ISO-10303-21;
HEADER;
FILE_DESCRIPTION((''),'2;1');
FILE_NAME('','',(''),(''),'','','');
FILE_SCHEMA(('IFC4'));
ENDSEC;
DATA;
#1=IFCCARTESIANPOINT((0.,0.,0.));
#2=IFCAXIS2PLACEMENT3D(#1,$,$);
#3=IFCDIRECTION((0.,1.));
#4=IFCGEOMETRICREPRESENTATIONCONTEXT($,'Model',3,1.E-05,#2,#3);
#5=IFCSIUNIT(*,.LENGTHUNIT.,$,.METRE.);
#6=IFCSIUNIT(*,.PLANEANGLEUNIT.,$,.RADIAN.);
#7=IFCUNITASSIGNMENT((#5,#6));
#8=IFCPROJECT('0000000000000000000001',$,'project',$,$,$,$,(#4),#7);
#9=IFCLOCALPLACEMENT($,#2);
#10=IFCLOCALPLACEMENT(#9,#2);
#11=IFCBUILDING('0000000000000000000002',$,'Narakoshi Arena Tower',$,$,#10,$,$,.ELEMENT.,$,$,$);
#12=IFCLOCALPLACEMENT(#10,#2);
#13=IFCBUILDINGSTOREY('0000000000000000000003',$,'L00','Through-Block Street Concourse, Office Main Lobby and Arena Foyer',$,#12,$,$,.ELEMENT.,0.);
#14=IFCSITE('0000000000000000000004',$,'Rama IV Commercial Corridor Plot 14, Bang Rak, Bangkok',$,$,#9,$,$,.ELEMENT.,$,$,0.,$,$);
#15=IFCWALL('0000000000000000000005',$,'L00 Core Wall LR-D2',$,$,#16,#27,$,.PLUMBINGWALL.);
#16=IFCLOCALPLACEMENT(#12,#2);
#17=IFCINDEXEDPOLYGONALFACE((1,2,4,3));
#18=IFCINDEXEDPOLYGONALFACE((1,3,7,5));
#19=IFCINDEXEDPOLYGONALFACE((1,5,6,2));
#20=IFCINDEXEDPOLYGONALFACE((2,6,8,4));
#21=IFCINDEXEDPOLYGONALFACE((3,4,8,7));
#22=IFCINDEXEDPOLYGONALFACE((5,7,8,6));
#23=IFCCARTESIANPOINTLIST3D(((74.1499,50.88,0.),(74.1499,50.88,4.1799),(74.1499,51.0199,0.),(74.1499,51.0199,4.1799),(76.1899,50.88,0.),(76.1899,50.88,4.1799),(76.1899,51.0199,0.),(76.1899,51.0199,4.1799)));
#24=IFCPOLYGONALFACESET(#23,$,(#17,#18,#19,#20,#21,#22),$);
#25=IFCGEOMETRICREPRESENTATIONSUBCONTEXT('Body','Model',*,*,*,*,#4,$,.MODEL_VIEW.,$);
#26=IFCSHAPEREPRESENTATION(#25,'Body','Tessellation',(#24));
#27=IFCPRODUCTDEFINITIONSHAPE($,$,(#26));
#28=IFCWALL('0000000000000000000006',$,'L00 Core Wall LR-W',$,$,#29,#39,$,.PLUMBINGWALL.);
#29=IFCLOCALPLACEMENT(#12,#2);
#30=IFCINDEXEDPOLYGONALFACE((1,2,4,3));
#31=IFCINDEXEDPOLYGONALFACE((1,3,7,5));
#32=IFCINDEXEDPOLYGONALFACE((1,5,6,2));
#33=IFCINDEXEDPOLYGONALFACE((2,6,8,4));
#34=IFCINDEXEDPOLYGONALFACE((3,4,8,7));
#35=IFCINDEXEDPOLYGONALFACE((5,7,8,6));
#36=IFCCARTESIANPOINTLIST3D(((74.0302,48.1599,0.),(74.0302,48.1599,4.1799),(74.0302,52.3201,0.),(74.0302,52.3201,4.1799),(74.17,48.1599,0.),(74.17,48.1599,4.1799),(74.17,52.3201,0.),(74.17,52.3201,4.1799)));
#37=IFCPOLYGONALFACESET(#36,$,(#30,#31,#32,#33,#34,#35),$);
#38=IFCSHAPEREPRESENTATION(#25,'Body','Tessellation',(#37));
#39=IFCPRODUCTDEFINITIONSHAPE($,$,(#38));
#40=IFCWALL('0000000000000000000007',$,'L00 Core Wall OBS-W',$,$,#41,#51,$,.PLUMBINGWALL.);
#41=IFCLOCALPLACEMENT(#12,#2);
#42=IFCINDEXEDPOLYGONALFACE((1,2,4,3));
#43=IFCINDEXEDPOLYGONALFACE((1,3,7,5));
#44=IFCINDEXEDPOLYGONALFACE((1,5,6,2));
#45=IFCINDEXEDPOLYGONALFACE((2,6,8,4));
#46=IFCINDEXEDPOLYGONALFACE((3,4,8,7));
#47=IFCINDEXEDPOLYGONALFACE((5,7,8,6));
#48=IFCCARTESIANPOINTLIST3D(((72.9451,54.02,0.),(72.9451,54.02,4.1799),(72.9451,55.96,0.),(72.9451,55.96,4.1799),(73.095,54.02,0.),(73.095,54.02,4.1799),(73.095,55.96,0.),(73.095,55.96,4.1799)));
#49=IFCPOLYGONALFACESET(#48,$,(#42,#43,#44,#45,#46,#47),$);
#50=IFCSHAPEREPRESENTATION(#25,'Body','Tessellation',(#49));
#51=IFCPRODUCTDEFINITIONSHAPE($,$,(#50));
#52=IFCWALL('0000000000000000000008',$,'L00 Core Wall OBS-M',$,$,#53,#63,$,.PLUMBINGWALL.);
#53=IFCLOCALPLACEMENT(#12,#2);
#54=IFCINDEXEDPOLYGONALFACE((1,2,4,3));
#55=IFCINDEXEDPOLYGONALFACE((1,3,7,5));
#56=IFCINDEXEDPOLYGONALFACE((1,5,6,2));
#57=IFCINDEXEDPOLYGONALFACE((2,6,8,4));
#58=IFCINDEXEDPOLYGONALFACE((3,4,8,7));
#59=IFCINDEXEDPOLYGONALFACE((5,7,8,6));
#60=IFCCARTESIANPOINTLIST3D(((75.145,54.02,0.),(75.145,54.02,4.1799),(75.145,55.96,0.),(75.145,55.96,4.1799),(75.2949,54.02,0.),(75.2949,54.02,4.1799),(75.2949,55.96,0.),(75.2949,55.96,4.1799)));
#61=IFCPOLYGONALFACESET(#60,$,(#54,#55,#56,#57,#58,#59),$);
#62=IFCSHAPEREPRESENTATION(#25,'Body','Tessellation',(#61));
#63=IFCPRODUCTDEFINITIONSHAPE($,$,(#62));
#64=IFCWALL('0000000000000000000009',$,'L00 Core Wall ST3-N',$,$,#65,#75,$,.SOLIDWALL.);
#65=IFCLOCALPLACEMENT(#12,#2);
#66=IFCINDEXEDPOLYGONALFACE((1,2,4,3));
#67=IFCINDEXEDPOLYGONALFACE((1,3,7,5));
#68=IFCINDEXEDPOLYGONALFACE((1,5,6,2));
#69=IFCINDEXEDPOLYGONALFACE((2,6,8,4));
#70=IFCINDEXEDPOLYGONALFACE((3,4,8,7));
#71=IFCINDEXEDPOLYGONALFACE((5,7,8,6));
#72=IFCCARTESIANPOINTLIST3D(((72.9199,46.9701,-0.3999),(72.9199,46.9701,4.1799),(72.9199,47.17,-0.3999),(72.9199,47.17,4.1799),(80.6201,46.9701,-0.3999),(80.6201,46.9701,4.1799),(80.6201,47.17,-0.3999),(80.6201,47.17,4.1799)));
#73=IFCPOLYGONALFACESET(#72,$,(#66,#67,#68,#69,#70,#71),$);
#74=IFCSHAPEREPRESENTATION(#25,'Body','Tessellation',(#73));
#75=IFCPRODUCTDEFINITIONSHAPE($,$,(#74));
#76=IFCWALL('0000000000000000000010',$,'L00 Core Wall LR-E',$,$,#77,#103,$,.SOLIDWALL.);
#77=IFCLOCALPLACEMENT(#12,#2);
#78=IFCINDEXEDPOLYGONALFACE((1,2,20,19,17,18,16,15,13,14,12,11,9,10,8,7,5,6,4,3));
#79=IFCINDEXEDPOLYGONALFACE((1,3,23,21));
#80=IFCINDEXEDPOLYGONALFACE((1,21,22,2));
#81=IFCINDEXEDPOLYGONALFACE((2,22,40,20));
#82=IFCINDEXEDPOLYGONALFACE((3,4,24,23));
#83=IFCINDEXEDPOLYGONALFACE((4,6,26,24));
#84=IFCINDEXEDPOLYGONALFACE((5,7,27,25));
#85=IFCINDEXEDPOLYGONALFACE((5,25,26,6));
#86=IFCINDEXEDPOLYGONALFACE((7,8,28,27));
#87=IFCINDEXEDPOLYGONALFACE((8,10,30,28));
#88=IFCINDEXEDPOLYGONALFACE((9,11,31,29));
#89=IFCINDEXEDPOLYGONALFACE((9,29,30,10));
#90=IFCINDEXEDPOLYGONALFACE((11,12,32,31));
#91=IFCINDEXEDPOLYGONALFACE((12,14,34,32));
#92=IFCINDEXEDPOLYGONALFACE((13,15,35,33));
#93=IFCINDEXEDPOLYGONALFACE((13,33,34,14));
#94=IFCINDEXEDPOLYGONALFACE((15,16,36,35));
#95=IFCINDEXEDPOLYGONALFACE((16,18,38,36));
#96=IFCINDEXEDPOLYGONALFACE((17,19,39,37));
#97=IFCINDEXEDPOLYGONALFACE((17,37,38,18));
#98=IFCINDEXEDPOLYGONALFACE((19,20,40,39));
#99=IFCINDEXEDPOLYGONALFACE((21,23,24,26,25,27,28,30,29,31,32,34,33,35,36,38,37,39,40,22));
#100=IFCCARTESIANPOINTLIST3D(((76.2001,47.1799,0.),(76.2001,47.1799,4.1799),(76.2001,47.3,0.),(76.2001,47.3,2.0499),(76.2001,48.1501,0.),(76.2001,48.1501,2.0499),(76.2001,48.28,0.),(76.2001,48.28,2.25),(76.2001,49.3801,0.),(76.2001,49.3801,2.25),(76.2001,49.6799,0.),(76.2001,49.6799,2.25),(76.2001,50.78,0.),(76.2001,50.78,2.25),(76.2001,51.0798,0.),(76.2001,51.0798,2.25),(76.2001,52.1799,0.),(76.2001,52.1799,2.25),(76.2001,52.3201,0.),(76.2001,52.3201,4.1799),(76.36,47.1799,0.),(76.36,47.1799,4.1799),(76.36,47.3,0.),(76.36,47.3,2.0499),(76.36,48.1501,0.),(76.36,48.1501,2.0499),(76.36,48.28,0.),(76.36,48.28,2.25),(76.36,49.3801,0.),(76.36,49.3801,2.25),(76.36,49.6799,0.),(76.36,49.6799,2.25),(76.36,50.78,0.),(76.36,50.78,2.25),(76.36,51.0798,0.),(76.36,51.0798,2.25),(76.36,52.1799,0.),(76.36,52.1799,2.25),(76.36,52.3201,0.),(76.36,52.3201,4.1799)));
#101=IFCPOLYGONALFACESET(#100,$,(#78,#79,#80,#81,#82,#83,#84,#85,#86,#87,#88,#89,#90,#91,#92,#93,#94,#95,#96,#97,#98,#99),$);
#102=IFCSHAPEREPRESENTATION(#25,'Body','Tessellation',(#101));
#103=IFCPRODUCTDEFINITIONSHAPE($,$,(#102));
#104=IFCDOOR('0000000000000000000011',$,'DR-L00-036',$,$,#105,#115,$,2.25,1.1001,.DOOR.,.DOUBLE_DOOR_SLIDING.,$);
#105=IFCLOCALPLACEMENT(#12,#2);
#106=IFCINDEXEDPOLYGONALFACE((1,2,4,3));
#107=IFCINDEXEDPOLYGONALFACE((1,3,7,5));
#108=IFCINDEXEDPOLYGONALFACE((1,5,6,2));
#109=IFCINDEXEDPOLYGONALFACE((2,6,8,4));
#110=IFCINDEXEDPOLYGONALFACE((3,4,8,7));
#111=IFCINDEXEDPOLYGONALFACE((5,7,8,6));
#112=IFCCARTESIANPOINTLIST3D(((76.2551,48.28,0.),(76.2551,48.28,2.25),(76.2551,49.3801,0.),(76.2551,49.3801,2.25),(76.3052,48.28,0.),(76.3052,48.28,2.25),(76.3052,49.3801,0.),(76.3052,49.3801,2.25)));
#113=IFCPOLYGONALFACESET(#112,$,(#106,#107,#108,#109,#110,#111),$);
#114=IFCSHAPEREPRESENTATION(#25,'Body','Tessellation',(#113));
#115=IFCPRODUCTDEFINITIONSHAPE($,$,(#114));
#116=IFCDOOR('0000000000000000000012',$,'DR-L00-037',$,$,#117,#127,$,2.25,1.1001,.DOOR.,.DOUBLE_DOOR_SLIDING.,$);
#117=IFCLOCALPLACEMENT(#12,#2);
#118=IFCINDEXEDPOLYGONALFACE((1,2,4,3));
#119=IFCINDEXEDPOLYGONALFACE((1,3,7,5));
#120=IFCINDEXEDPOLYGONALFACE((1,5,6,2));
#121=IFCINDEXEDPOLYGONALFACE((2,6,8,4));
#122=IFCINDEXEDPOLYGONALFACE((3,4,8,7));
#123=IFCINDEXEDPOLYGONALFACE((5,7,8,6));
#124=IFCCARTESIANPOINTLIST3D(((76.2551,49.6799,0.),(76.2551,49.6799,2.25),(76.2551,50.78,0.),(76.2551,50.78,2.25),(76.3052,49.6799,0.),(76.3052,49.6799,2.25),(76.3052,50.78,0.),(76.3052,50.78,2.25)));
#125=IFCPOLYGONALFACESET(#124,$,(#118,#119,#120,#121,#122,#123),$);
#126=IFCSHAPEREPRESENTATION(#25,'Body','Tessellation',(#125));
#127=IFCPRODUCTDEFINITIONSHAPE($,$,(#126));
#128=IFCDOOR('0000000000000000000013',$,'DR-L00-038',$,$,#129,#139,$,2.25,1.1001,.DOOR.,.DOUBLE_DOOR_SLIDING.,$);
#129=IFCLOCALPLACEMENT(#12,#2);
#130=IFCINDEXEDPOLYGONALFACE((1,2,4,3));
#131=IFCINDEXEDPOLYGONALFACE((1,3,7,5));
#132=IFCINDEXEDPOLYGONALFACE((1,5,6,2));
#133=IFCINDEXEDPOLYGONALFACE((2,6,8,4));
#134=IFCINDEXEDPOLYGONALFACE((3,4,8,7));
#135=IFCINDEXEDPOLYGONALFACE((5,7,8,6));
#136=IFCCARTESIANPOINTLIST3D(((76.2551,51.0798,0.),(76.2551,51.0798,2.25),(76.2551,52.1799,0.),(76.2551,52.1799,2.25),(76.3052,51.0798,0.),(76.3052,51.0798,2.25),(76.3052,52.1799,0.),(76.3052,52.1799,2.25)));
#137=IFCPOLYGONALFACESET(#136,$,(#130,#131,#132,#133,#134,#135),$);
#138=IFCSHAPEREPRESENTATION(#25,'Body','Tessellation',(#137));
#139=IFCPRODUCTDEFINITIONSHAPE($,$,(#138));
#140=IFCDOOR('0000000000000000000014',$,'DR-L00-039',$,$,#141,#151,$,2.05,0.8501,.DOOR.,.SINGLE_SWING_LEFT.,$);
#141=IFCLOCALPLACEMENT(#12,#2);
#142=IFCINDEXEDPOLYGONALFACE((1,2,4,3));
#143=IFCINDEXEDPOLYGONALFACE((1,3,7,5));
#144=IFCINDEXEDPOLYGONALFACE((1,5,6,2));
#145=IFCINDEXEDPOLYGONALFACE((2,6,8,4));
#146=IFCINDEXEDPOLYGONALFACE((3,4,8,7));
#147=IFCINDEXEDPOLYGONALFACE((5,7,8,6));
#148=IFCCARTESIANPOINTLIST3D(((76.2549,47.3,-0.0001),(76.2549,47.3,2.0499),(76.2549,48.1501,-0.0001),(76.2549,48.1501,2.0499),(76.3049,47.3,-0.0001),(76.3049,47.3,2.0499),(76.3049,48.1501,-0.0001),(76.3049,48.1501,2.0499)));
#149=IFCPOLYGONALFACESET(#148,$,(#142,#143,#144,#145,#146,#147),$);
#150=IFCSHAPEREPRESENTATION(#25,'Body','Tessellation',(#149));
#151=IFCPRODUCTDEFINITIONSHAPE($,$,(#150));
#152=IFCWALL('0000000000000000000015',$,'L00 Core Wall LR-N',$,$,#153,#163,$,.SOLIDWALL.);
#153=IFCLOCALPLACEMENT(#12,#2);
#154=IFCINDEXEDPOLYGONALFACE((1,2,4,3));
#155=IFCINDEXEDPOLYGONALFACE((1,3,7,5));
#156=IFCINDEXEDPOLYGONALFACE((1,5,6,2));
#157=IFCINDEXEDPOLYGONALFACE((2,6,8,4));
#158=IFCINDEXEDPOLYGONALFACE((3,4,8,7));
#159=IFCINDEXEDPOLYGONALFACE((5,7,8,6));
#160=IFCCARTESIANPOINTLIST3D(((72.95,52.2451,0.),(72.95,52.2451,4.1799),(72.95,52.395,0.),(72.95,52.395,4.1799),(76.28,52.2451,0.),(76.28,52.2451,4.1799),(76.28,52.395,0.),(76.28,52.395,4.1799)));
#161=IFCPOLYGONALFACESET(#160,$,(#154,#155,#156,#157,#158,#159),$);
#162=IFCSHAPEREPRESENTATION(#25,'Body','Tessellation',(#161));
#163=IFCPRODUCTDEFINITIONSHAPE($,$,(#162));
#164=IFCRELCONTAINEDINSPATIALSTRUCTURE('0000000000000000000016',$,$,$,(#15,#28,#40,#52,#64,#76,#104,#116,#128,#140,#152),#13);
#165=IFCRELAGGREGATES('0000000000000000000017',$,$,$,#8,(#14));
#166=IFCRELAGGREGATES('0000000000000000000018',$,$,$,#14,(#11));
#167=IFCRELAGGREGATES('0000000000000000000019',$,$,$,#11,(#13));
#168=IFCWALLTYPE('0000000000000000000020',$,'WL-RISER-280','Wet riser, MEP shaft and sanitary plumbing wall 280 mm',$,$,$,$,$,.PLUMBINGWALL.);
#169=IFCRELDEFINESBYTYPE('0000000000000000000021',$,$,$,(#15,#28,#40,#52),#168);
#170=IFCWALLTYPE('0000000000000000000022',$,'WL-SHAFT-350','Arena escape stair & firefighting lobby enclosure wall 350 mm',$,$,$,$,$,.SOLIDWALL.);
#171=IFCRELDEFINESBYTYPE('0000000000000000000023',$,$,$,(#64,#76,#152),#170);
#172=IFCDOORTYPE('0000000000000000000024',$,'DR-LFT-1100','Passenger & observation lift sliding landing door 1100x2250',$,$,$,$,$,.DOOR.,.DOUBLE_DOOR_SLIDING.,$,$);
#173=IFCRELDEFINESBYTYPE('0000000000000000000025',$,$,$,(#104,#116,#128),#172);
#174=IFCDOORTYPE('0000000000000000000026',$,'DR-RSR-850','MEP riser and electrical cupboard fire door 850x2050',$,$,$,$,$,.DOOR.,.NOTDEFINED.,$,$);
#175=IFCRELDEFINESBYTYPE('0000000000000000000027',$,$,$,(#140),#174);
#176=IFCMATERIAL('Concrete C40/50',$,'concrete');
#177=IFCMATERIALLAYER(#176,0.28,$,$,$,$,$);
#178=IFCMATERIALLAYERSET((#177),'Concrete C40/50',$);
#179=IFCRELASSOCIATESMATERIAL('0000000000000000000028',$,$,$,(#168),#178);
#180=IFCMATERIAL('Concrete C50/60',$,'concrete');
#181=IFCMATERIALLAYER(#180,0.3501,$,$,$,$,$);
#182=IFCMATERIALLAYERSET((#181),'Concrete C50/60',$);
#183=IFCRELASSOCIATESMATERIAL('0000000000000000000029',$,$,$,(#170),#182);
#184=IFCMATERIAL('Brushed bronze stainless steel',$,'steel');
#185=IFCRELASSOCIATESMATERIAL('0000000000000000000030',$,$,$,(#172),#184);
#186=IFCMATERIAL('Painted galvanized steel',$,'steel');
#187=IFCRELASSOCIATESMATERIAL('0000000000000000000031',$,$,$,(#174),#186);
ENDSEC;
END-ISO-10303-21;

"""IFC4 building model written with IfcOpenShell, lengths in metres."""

from ifc_helpers import new_model, si_unit, direction, frame, frame_2d, origin, place, context, subcontext, project, spatial, rectangle, extrude, material, layer, layer_set, type_object, element, fill, save


model = new_model("IFC4")

# Units and contexts
model_context = context("Model", 3, precision=1e-05, world=origin(), true_north=direction((0.0, 1.0)))
body_context = subcontext(model_context, "Body", "Model", "MODEL_VIEW")
ifc_project = project(units=[si_unit("LENGTHUNIT", "METRE"), si_unit("PLANEANGLEUNIT", "RADIAN")], contexts=[model_context])

# Site, building, storey
site_placement = place(None, origin())
site = spatial("IfcSite", under=ifc_project, at=site_placement, Name="Rama IV Commercial Corridor Plot 14, Bang Rak, Bangkok", CompositionType="ELEMENT", RefElevation=0.0)
building_placement = place(site_placement, origin())
building = spatial("IfcBuilding", under=site, at=building_placement, Name="Narakoshi Arena Tower", CompositionType="ELEMENT")
storey_placement = place(building_placement, origin())
storey = spatial("IfcBuildingStorey", under=building, at=storey_placement, Name="L00", Description="Through-Block Street Concourse, Office Main Lobby and Arena Foyer", CompositionType="ELEMENT", Elevation=0.0)

# Walls
ifc_material_1 = material(Name="Concrete C40/50", Category="concrete")
ifc_layer_1 = layer(ifc_material_1, 0.28)
ifc_layer_set_1 = layer_set([ifc_layer_1], Name="Concrete C40/50")
wall_type_1 = type_object("IfcWallType", Name="WL-RISER-280", Description="Wet riser, MEP shaft and sanitary plumbing wall 280 mm", PredefinedType="PLUMBINGWALL", material=ifc_layer_set_1)
for number, where, z_axis, x_axis, name in (
    (1, (74.1499, 50.95, 0.0), (0.0, 0.0, 1.0), (1.0, 0.0, 0.0), "L00 Core Wall LR-D2"),
):
    element("IfcWall", number, at=place(storey_placement, frame(where, z_axis=z_axis, x_axis=x_axis)), inside=storey, type_object=wall_type_1, Name=name, PredefinedType="PLUMBINGWALL", context=body_context, shape_type="SweptSolid", body=[
        extrude(rectangle(XDim=2.04, YDim=0.1399, at=frame_2d((1.02, 0.0))), origin(), (0.0, 0.0, 1.0), 4.1799),
    ])
wall_1_placement = place(storey_placement, frame((74.1001, 48.1599, 0.0), z_axis=(0.0, 0.0, 1.0), x_axis=(0.0, 1.0, 0.0)))
element("IfcWall", 2, at=wall_1_placement, inside=storey, type_object=wall_type_1, Name="L00 Core Wall LR-W", PredefinedType="PLUMBINGWALL", context=body_context, shape_type="SweptSolid", body=[
    extrude(rectangle(XDim=4.1602, YDim=0.1399, at=frame_2d((2.0801, 0.0))), origin(), (0.0, 0.0, 1.0), 4.1799),
])
for number, where, z_axis, x_axis, name in (
    (3, (73.02, 54.02, 0.0), (0.0, 0.0, 1.0), (0.0, 1.0, 0.0), "L00 Core Wall OBS-W"),
    (4, (75.22, 54.02, 0.0), (0.0, 0.0, 1.0), (0.0, 1.0, 0.0), "L00 Core Wall OBS-M"),
):
    element("IfcWall", number, at=place(storey_placement, frame(where, z_axis=z_axis, x_axis=x_axis)), inside=storey, type_object=wall_type_1, Name=name, PredefinedType="PLUMBINGWALL", context=body_context, shape_type="SweptSolid", body=[
        extrude(rectangle(XDim=1.9399, YDim=0.1499, at=frame_2d((0.97, 0.0))), origin(), (0.0, 0.0, 1.0), 4.1799),
    ])
ifc_material_2 = material(Name="Concrete C50/60", Category="concrete")
ifc_layer_2 = layer(ifc_material_2, 0.3501)
ifc_layer_set_2 = layer_set([ifc_layer_2], Name="Concrete C50/60")
wall_type_2 = type_object("IfcWallType", Name="WL-SHAFT-350", Description="Arena escape stair & firefighting lobby enclosure wall 350 mm", PredefinedType="SOLIDWALL", material=ifc_layer_set_2)
wall_2_placement = place(storey_placement, frame((72.9199, 47.0701, -0.3999), z_axis=(0.0, 0.0, 1.0), x_axis=(1.0, 0.0, 0.0)))
element("IfcWall", 5, at=wall_2_placement, inside=storey, type_object=wall_type_2, Name="L00 Core Wall ST3-N", PredefinedType="SOLIDWALL", context=body_context, shape_type="SweptSolid", body=[
    extrude(rectangle(XDim=7.7002, YDim=0.2, at=frame_2d((3.8501, 0.0))), origin(), (0.0, 0.0, 1.0), 4.5798),
])

# Wall, openings, doors
wall_3_placement = place(storey_placement, frame((76.28, 47.1799, 0.0), z_axis=(0.0, 0.0, 1.0), x_axis=(0.0, 1.0, 0.0)))
wall_3 = element("IfcWall", 6, at=wall_3_placement, inside=storey, type_object=wall_type_2, Name="L00 Core Wall LR-E", PredefinedType="SOLIDWALL", context=body_context, shape_type="SweptSolid", body=[
    extrude(rectangle(XDim=5.1401, YDim=0.1599, at=frame_2d((2.5701, 0.0))), origin(), (0.0, 0.0, 1.0), 4.1799),
])
opening_1_placement = place(wall_3_placement, frame((1.1001, 0.0, 0.0)))
opening_1 = element("IfcOpeningElement", 7, at=opening_1_placement, cuts=wall_3, PredefinedType="OPENING", context=body_context, shape_type="SweptSolid", body=[
    extrude(rectangle(XDim=1.1001, YDim=2.25, at=frame_2d((0.55, 1.125))), frame((0.0, 0.0898, 0.0), z_axis=(0.0, -1.0, 0.0), x_axis=(1.0, 0.0, 0.0)), (0.0, 0.0, 1.0), 0.1799),
])
opening_2_placement = place(wall_3_placement, frame((2.5, 0.0, 0.0)))
opening_2 = element("IfcOpeningElement", 8, at=opening_2_placement, cuts=wall_3, PredefinedType="OPENING", context=body_context, shape_type="SweptSolid", body=[
    extrude(rectangle(XDim=1.1001, YDim=2.25, at=frame_2d((0.55, 1.125))), frame((0.0, 0.0898, 0.0), z_axis=(0.0, -1.0, 0.0), x_axis=(1.0, 0.0, 0.0)), (0.0, 0.0, 1.0), 0.1799),
])
opening_3_placement = place(wall_3_placement, frame((3.8999, 0.0, 0.0)))
opening_3 = element("IfcOpeningElement", 9, at=opening_3_placement, cuts=wall_3, PredefinedType="OPENING", context=body_context, shape_type="SweptSolid", body=[
    extrude(rectangle(XDim=1.1001, YDim=2.25, at=frame_2d((0.55, 1.125))), frame((0.0, 0.0898, 0.0), z_axis=(0.0, -1.0, 0.0), x_axis=(1.0, 0.0, 0.0)), (0.0, 0.0, 1.0), 0.1799),
])
opening_4_placement = place(wall_3_placement, frame((0.1201, 0.0, 0.0)))
opening_4 = element("IfcOpeningElement", 10, at=opening_4_placement, cuts=wall_3, PredefinedType="OPENING", context=body_context, shape_type="SweptSolid", body=[
    extrude(rectangle(XDim=0.8501, YDim=2.05, at=frame_2d((0.425, 1.0249))), frame((0.0, 0.0898, 0.0), z_axis=(0.0, -1.0, 0.0), x_axis=(1.0, 0.0, 0.0)), (0.0, 0.0, 1.0), 0.1799),
])
ifc_material_3 = material(Name="Brushed bronze stainless steel", Category="steel")
door_type_1 = type_object("IfcDoorType", Name="DR-LFT-1100", Description="Passenger & observation lift sliding landing door 1100x2250", OperationType="DOUBLE_DOOR_SLIDING", PredefinedType="DOOR", material=ifc_material_3)
door_1_placement = place(opening_1_placement, origin())
door_1 = element("IfcDoor", 11, at=door_1_placement, inside=storey, type_object=door_type_1, Name="DR-L00-036", OperationType="DOUBLE_DOOR_SLIDING", OverallHeight=2.25, OverallWidth=1.1001, PredefinedType="DOOR", context=body_context, shape_type="SweptSolid", body=[
    extrude(rectangle(XDim=1.1001, YDim=2.25, at=frame_2d((0.55, 1.125))), frame((0.0, 0.0249, 0.0), z_axis=(0.0, -1.0, 0.0), x_axis=(1.0, 0.0, 0.0)), (0.0, 0.0, 1.0), 0.05),
])
fill(opening_1, door_1)
door_2_placement = place(opening_2_placement, origin())
door_2 = element("IfcDoor", 12, at=door_2_placement, inside=storey, type_object=door_type_1, Name="DR-L00-037", OperationType="DOUBLE_DOOR_SLIDING", OverallHeight=2.25, OverallWidth=1.1001, PredefinedType="DOOR", context=body_context, shape_type="SweptSolid", body=[
    extrude(rectangle(XDim=1.1001, YDim=2.25, at=frame_2d((0.55, 1.125))), frame((0.0, 0.0249, 0.0), z_axis=(0.0, -1.0, 0.0), x_axis=(1.0, 0.0, 0.0)), (0.0, 0.0, 1.0), 0.05),
])
fill(opening_2, door_2)
door_3_placement = place(opening_3_placement, origin())
door_3 = element("IfcDoor", 13, at=door_3_placement, inside=storey, type_object=door_type_1, Name="DR-L00-038", OperationType="DOUBLE_DOOR_SLIDING", OverallHeight=2.25, OverallWidth=1.1001, PredefinedType="DOOR", context=body_context, shape_type="SweptSolid", body=[
    extrude(rectangle(XDim=1.1001, YDim=2.25, at=frame_2d((0.55, 1.125))), frame((0.0, 0.0249, 0.0), z_axis=(0.0, -1.0, 0.0), x_axis=(1.0, 0.0, 0.0)), (0.0, 0.0, 1.0), 0.05),
])
fill(opening_3, door_3)
ifc_material_4 = material(Name="Painted galvanized steel", Category="steel")
door_type_2 = type_object("IfcDoorType", Name="DR-RSR-850", Description="MEP riser and electrical cupboard fire door 850x2050", OperationType="NOTDEFINED", PredefinedType="DOOR", material=ifc_material_4)
door_4_placement = place(opening_4_placement, frame((0.8501, 0.0, 0.0), z_axis=(0.0, 0.0, 1.0), x_axis=(-1.0, 0.0, 0.0)))
door_4 = element("IfcDoor", 14, at=door_4_placement, inside=storey, type_object=door_type_2, Name="DR-L00-039", OperationType="SINGLE_SWING_LEFT", OverallHeight=2.05, OverallWidth=0.8501, PredefinedType="DOOR", context=body_context, shape_type="SweptSolid", body=[
    extrude(rectangle(XDim=0.8501, YDim=2.05, at=frame_2d((0.425, 1.0249))), frame((0.0, 0.0249, 0.0), z_axis=(0.0, -1.0, 0.0), x_axis=(1.0, 0.0, 0.0)), (0.0, 0.0, 1.0), 0.05),
])
fill(opening_4, door_4)

# Wall
wall_4_placement = place(storey_placement, frame((72.95, 52.3201, 0.0), z_axis=(0.0, 0.0, 1.0), x_axis=(1.0, 0.0, 0.0)))
element("IfcWall", 15, at=wall_4_placement, inside=storey, type_object=wall_type_2, Name="L00 Core Wall LR-N", PredefinedType="SOLIDWALL", context=body_context, shape_type="SweptSolid", body=[
    extrude(rectangle(XDim=3.3301, YDim=0.1499, at=frame_2d((1.665, 0.0))), origin(), (0.0, 0.0, 1.0), 4.1799),
])

save(model, "model.ifc")
